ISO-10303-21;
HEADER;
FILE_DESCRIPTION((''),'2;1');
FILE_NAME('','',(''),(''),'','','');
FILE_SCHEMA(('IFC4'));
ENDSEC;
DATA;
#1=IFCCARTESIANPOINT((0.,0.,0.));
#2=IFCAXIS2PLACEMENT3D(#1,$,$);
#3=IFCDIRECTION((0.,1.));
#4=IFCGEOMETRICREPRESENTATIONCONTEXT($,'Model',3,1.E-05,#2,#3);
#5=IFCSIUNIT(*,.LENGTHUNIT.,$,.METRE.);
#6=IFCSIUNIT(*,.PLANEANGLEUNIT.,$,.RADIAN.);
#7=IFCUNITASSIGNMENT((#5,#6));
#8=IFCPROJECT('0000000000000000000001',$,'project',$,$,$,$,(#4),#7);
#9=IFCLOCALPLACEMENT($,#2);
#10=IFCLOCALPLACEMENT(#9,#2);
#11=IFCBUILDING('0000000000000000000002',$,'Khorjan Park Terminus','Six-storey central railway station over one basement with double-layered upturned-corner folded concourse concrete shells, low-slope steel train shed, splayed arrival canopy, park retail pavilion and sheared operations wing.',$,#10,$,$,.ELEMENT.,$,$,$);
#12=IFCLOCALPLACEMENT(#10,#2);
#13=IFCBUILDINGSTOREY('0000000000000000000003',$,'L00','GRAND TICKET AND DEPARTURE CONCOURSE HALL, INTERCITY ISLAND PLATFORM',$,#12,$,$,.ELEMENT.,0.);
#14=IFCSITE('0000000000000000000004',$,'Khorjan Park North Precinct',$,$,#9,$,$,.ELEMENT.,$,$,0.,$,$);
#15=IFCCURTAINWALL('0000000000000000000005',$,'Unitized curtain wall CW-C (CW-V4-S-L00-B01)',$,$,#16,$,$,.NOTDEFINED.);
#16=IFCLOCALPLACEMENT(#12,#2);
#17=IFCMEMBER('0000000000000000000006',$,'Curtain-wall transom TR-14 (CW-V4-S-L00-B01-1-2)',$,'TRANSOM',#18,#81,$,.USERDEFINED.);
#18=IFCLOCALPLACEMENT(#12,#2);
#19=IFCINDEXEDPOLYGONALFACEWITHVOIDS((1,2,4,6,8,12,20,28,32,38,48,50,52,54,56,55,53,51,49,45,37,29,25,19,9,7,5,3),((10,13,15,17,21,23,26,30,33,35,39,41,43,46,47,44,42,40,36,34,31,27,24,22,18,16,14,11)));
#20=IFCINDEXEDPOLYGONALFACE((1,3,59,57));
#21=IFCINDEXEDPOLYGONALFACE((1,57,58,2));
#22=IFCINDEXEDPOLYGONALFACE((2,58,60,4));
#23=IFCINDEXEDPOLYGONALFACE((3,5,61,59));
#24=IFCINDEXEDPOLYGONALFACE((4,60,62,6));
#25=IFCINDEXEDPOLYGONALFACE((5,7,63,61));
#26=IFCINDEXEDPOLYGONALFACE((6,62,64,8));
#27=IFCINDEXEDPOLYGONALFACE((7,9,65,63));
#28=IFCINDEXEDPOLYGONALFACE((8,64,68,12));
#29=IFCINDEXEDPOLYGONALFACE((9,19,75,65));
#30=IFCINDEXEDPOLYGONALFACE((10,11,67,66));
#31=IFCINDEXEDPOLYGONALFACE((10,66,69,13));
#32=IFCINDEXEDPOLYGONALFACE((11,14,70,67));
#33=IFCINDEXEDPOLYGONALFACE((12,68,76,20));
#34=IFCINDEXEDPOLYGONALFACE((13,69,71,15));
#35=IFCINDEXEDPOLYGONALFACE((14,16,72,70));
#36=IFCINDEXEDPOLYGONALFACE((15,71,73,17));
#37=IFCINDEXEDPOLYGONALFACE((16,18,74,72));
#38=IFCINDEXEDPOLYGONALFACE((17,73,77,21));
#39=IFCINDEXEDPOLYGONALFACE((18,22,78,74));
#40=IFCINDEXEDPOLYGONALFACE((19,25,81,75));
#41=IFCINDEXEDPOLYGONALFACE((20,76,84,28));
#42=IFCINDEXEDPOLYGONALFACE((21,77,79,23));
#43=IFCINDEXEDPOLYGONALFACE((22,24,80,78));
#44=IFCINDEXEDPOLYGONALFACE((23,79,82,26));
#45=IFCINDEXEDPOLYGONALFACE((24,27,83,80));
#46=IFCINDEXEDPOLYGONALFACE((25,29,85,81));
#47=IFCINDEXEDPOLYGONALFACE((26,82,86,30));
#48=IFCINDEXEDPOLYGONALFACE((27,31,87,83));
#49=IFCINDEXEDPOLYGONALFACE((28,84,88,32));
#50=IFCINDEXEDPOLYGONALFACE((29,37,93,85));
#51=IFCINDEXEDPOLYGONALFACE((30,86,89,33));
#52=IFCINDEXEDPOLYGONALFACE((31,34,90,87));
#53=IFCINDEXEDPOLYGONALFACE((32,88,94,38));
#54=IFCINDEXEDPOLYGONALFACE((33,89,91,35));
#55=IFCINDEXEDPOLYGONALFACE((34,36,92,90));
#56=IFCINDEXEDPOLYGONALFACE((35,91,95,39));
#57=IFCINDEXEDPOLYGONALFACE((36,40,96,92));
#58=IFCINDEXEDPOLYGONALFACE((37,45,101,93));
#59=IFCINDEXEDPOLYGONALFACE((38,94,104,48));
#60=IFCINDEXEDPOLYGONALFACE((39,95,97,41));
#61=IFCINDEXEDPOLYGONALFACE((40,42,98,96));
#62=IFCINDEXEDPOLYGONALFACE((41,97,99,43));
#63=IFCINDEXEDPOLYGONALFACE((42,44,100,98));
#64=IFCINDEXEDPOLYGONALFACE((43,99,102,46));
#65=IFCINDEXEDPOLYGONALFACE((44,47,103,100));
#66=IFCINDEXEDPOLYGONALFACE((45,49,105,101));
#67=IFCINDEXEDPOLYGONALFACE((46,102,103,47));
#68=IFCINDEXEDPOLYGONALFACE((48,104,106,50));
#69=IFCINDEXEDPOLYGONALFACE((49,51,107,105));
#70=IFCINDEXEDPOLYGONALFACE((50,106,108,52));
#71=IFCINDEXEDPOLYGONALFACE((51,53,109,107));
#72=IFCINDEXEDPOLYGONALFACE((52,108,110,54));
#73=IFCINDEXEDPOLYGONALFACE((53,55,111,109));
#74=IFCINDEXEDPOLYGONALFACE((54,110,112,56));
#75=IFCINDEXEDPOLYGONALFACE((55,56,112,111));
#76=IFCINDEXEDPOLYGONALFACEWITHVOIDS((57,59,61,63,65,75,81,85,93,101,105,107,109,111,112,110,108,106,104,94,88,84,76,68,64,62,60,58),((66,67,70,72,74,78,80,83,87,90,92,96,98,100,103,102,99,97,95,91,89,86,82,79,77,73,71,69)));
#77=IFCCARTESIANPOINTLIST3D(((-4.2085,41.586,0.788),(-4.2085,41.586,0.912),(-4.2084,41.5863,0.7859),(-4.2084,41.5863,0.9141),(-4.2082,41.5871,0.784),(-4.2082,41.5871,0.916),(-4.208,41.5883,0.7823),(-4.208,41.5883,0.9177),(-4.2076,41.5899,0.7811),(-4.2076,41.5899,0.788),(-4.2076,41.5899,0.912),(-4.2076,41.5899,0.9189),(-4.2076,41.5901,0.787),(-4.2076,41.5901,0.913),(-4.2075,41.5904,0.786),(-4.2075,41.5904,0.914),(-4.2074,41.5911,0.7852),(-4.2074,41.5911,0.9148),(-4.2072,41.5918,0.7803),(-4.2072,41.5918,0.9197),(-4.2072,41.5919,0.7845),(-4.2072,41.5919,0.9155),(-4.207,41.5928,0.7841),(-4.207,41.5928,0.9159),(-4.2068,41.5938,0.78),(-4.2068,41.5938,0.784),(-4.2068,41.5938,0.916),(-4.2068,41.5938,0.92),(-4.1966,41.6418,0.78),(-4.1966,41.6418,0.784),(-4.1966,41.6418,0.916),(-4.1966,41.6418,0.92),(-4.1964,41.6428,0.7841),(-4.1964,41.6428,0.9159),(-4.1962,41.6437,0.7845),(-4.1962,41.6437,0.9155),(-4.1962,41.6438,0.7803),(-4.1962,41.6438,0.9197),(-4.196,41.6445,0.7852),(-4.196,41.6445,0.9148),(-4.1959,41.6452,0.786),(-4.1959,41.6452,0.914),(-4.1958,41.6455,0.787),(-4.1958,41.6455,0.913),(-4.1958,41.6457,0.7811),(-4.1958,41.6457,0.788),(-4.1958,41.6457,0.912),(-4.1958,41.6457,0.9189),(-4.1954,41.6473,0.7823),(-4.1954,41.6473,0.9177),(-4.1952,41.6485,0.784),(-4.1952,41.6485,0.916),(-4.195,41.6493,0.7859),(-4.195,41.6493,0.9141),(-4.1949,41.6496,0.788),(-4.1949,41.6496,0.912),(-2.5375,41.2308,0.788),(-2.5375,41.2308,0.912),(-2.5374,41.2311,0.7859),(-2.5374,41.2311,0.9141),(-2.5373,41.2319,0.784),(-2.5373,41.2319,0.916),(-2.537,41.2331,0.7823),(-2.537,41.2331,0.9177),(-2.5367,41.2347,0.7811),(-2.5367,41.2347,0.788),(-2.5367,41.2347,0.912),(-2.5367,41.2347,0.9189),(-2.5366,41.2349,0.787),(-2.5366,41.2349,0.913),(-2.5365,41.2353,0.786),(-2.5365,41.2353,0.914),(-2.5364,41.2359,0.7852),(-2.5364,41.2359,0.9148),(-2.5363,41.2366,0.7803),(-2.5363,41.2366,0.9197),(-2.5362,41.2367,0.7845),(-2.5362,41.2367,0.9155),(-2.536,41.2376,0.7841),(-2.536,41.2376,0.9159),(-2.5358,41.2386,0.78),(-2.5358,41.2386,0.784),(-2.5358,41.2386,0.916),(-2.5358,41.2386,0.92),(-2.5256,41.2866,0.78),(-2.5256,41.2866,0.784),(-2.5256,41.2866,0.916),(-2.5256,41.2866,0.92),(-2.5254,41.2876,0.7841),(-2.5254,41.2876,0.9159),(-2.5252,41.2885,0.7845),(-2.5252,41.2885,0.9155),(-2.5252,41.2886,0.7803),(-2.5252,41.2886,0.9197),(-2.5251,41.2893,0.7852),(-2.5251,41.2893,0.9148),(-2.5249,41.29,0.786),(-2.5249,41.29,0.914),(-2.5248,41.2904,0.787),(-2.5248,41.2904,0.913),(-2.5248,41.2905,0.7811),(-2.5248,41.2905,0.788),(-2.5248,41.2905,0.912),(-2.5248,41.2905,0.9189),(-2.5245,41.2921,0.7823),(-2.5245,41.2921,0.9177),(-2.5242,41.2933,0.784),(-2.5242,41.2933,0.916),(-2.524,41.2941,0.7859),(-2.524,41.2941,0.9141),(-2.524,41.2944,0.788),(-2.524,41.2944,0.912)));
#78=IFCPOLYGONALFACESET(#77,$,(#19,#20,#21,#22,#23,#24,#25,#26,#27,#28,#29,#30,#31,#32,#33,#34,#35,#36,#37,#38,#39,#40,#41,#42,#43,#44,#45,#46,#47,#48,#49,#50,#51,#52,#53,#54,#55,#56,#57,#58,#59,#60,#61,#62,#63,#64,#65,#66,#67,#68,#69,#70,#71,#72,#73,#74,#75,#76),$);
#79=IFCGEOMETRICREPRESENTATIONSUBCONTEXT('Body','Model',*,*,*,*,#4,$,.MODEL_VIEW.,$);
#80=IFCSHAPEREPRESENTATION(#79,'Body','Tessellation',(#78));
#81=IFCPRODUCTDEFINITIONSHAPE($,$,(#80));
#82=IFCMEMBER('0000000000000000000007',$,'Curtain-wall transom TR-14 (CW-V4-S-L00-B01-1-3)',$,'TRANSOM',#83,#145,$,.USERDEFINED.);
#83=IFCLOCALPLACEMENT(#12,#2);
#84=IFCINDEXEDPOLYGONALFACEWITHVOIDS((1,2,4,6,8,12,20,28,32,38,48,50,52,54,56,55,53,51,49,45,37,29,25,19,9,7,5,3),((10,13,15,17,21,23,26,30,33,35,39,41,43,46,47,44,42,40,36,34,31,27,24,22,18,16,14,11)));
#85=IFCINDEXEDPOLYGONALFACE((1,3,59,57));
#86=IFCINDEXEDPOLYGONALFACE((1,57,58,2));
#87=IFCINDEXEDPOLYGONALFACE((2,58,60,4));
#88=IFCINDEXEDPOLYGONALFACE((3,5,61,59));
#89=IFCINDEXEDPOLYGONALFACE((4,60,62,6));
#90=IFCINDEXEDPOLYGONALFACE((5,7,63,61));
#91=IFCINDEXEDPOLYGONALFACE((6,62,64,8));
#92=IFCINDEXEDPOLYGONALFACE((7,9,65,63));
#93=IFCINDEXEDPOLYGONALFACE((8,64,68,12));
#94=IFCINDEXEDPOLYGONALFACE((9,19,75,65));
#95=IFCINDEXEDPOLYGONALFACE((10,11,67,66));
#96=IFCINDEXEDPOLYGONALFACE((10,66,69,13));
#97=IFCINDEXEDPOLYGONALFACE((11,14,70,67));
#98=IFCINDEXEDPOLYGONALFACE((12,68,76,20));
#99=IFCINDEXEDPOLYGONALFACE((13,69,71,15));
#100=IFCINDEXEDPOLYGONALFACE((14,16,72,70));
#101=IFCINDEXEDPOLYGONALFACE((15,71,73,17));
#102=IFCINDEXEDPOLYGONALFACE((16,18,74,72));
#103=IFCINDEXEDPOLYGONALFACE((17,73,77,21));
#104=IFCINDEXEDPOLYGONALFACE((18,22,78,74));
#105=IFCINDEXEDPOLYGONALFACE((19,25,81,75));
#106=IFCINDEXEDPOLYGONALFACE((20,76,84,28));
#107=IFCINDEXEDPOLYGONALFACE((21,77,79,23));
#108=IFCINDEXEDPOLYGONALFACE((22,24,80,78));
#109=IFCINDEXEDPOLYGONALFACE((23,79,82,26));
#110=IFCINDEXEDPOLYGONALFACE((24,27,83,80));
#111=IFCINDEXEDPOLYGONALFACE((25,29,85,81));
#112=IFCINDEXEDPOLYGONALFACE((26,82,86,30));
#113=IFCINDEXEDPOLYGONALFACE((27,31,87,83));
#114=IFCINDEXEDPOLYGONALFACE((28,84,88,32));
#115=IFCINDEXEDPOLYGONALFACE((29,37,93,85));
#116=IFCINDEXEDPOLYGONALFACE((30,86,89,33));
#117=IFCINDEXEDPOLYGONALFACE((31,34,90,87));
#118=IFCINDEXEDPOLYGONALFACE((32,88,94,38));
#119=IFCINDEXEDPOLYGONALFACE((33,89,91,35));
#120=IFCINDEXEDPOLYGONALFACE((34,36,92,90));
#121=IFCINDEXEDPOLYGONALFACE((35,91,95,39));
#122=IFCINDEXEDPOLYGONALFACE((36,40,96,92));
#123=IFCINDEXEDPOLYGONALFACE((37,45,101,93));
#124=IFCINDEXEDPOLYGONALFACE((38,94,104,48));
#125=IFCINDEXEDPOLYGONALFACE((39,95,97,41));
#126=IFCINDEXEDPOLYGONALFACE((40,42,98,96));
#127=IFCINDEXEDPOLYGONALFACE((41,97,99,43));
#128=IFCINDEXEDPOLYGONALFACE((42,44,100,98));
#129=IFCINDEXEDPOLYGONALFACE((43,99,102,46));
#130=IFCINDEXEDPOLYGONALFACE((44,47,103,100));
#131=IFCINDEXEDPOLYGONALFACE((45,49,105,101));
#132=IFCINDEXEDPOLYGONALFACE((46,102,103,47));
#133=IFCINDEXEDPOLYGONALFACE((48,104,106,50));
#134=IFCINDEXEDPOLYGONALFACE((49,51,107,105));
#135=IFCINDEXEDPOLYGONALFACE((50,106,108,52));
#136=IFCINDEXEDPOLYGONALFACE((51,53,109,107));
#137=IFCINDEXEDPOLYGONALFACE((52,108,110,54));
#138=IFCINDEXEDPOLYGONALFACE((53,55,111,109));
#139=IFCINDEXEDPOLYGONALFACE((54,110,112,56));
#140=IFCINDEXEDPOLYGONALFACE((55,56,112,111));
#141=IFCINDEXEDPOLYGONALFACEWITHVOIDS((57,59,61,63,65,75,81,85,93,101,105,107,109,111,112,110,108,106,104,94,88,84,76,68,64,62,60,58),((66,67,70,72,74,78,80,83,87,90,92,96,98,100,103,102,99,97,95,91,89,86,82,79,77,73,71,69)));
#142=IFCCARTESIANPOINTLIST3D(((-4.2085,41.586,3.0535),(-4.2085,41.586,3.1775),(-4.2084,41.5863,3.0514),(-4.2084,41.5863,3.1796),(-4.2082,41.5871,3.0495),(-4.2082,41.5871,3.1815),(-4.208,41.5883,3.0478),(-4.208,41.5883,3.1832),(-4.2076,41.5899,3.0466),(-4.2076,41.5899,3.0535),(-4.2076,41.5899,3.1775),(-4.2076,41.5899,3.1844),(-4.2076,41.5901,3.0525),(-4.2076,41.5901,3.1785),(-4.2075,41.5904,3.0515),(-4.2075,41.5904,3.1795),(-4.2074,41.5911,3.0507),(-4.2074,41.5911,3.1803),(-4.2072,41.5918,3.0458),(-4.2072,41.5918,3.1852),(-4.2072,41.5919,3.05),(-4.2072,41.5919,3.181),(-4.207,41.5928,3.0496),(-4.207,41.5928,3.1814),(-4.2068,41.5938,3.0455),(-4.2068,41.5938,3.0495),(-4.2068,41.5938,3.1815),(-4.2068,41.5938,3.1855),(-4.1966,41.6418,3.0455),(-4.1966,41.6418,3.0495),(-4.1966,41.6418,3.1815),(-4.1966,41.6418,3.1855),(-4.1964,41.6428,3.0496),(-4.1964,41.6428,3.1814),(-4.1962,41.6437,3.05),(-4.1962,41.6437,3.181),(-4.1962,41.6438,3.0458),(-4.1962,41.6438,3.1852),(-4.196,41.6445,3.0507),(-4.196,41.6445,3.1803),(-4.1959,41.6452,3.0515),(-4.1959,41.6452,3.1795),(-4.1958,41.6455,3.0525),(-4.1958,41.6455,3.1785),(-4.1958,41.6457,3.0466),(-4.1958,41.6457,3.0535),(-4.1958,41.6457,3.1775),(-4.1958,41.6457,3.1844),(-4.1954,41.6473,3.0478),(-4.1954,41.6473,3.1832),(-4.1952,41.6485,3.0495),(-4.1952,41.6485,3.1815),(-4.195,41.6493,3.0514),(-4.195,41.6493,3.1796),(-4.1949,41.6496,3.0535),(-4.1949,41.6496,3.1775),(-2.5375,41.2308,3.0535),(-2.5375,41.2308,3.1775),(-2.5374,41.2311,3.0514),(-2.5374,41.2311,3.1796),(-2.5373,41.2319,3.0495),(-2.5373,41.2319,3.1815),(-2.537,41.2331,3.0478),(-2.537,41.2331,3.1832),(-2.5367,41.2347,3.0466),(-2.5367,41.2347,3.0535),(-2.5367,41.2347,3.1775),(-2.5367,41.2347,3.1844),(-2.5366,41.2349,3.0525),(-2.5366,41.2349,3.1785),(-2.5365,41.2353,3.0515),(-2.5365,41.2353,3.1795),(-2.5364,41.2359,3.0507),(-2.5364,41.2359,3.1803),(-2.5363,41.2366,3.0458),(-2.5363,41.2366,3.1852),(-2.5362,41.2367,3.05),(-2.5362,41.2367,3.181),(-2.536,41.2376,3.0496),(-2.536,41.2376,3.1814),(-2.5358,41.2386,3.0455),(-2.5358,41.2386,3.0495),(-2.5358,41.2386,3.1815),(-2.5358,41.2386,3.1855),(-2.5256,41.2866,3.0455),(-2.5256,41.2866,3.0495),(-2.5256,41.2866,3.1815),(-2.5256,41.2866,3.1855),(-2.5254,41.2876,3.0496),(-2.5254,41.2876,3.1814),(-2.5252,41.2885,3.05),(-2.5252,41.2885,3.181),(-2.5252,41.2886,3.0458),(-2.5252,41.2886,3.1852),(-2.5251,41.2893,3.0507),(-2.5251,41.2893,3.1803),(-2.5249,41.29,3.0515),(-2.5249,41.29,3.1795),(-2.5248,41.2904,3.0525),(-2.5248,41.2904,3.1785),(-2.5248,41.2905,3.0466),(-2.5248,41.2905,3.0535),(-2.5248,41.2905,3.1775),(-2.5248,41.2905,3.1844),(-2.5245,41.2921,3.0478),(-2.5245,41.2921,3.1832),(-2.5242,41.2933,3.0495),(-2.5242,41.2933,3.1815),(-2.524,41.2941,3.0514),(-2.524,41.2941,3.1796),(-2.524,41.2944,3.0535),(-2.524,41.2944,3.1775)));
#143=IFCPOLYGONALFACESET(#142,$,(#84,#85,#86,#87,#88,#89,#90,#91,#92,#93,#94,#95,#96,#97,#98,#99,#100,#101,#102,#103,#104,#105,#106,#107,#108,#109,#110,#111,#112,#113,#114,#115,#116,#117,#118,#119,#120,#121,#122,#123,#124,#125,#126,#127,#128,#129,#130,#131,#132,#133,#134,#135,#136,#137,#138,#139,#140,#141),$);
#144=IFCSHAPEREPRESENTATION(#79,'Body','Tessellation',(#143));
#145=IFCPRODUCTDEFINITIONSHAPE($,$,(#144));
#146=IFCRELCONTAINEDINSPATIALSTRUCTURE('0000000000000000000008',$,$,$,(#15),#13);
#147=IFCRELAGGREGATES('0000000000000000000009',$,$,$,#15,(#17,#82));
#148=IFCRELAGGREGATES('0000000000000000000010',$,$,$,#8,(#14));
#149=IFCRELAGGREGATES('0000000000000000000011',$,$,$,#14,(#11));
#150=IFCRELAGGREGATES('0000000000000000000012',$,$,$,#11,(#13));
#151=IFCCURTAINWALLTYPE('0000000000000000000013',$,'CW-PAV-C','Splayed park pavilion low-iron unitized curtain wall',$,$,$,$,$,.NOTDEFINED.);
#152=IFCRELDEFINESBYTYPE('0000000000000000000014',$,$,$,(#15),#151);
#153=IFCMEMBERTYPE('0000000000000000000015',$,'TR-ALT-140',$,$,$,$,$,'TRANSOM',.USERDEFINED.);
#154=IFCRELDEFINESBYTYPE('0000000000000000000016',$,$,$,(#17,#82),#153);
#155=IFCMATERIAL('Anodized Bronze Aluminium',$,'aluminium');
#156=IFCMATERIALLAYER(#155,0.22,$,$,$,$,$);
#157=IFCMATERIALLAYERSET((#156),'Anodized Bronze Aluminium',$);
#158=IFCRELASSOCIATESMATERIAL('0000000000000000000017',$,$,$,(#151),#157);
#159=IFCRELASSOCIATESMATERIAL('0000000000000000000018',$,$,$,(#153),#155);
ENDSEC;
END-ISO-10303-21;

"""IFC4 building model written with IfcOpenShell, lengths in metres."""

from ifc_helpers import new_model, si_unit, direction, frame, origin, origin_2d, place, context, subcontext, project, spatial, hollow_rectangle, extrude, material, layer, layer_set, material_profile, profile_set, type_object, element, aggregate, save


model = new_model("IFC4")

# Units and contexts
model_context = context("Model", 3, precision=1e-05, world=origin(), true_north=direction((0.0, 1.0)))
body_context = subcontext(model_context, "Body", "Model", "MODEL_VIEW")
ifc_project = project(units=[si_unit("LENGTHUNIT", "METRE"), si_unit("PLANEANGLEUNIT", "RADIAN")], contexts=[model_context])

# Site, building, storey
site_placement = place(None, origin())
site = spatial("IfcSite", under=ifc_project, at=site_placement, Name="Khorjan Park North Precinct", CompositionType="ELEMENT", RefElevation=0.0)
building_placement = place(site_placement, origin())
building = spatial("IfcBuilding", under=site, at=building_placement, Name="Khorjan Park Terminus", Description="Six-storey central railway station over one basement with double-layered upturned-corner folded concourse concrete shells, low-slope steel train shed, splayed arrival canopy, park retail pavilion and sheared operations wing.", CompositionType="ELEMENT")
storey_placement = place(building_placement, origin())
storey = spatial("IfcBuildingStorey", under=building, at=storey_placement, Name="L00", Description="GRAND TICKET AND DEPARTURE CONCOURSE HALL, INTERCITY ISLAND PLATFORM", CompositionType="ELEMENT", Elevation=0.0)

# Curtain wall, members
ifc_material_1 = material(Name="Anodized Bronze Aluminium", Category="aluminium")
ifc_layer_1 = layer(ifc_material_1, 0.22)
ifc_layer_set_1 = layer_set([ifc_layer_1], Name="Anodized Bronze Aluminium")
curtain_wall_type = type_object("IfcCurtainWallType", Name="CW-PAV-C", Description="Splayed park pavilion low-iron unitized curtain wall", PredefinedType="NOTDEFINED", material=ifc_layer_set_1)
curtain_wall_placement = place(storey_placement, origin())
curtain_wall = element("IfcCurtainWall", 1, at=curtain_wall_placement, inside=storey, type_object=curtain_wall_type, Name="Unitized curtain wall CW-C (CW-V4-S-L00-B01)", PredefinedType="NOTDEFINED")
ifc_material_profile_1 = material_profile(ifc_material_1, hollow_rectangle(XDim=0.065, YDim=0.14, WallThickness=0.004, InnerFilletRadius=0.004, OuterFilletRadius=0.008, at=origin_2d()), Name="ALT 65x140x4")
ifc_profile_set_1 = profile_set([ifc_material_profile_1], Name="Anodized Bronze Aluminium")
member_type_1 = type_object("IfcMemberType", Name="TR-ALT-140", ElementType="TRANSOM", PredefinedType="USERDEFINED", material=ifc_profile_set_1)
member_1_placement = place(storey_placement, frame((-4.2017, 41.6178, 0.85), z_axis=(0.978145, -0.207922, 0.0), x_axis=(0.207922, 0.978145, 0.0)))
member_1 = element("IfcMember", 2, at=member_1_placement, type_object=member_type_1, Name="Curtain-wall transom TR-14 (CW-V4-S-L00-B01-1-2)", ObjectType="TRANSOM", PredefinedType="USERDEFINED", context=body_context, shape_type="SweptSolid", body=[
    extrude(hollow_rectangle(XDim=0.065, YDim=0.14, WallThickness=0.004, InnerFilletRadius=0.004, OuterFilletRadius=0.008, at=origin_2d()), origin(), (0.0, 0.0, 1.0), 1.7083),
])
member_2_placement = place(storey_placement, frame((-4.2017, 41.6178, 3.1155), z_axis=(0.978145, -0.207922, 0.0), x_axis=(0.207922, 0.978145, 0.0)))
member_2 = element("IfcMember", 3, at=member_2_placement, type_object=member_type_1, Name="Curtain-wall transom TR-14 (CW-V4-S-L00-B01-1-3)", ObjectType="TRANSOM", PredefinedType="USERDEFINED", context=body_context, shape_type="SweptSolid", body=[
    extrude(hollow_rectangle(XDim=0.065, YDim=0.14, WallThickness=0.004, InnerFilletRadius=0.004, OuterFilletRadius=0.008, at=origin_2d()), origin(), (0.0, 0.0, 1.0), 1.7083),
])
aggregate(curtain_wall, [member_1, member_2])

save(model, "model.ifc")
